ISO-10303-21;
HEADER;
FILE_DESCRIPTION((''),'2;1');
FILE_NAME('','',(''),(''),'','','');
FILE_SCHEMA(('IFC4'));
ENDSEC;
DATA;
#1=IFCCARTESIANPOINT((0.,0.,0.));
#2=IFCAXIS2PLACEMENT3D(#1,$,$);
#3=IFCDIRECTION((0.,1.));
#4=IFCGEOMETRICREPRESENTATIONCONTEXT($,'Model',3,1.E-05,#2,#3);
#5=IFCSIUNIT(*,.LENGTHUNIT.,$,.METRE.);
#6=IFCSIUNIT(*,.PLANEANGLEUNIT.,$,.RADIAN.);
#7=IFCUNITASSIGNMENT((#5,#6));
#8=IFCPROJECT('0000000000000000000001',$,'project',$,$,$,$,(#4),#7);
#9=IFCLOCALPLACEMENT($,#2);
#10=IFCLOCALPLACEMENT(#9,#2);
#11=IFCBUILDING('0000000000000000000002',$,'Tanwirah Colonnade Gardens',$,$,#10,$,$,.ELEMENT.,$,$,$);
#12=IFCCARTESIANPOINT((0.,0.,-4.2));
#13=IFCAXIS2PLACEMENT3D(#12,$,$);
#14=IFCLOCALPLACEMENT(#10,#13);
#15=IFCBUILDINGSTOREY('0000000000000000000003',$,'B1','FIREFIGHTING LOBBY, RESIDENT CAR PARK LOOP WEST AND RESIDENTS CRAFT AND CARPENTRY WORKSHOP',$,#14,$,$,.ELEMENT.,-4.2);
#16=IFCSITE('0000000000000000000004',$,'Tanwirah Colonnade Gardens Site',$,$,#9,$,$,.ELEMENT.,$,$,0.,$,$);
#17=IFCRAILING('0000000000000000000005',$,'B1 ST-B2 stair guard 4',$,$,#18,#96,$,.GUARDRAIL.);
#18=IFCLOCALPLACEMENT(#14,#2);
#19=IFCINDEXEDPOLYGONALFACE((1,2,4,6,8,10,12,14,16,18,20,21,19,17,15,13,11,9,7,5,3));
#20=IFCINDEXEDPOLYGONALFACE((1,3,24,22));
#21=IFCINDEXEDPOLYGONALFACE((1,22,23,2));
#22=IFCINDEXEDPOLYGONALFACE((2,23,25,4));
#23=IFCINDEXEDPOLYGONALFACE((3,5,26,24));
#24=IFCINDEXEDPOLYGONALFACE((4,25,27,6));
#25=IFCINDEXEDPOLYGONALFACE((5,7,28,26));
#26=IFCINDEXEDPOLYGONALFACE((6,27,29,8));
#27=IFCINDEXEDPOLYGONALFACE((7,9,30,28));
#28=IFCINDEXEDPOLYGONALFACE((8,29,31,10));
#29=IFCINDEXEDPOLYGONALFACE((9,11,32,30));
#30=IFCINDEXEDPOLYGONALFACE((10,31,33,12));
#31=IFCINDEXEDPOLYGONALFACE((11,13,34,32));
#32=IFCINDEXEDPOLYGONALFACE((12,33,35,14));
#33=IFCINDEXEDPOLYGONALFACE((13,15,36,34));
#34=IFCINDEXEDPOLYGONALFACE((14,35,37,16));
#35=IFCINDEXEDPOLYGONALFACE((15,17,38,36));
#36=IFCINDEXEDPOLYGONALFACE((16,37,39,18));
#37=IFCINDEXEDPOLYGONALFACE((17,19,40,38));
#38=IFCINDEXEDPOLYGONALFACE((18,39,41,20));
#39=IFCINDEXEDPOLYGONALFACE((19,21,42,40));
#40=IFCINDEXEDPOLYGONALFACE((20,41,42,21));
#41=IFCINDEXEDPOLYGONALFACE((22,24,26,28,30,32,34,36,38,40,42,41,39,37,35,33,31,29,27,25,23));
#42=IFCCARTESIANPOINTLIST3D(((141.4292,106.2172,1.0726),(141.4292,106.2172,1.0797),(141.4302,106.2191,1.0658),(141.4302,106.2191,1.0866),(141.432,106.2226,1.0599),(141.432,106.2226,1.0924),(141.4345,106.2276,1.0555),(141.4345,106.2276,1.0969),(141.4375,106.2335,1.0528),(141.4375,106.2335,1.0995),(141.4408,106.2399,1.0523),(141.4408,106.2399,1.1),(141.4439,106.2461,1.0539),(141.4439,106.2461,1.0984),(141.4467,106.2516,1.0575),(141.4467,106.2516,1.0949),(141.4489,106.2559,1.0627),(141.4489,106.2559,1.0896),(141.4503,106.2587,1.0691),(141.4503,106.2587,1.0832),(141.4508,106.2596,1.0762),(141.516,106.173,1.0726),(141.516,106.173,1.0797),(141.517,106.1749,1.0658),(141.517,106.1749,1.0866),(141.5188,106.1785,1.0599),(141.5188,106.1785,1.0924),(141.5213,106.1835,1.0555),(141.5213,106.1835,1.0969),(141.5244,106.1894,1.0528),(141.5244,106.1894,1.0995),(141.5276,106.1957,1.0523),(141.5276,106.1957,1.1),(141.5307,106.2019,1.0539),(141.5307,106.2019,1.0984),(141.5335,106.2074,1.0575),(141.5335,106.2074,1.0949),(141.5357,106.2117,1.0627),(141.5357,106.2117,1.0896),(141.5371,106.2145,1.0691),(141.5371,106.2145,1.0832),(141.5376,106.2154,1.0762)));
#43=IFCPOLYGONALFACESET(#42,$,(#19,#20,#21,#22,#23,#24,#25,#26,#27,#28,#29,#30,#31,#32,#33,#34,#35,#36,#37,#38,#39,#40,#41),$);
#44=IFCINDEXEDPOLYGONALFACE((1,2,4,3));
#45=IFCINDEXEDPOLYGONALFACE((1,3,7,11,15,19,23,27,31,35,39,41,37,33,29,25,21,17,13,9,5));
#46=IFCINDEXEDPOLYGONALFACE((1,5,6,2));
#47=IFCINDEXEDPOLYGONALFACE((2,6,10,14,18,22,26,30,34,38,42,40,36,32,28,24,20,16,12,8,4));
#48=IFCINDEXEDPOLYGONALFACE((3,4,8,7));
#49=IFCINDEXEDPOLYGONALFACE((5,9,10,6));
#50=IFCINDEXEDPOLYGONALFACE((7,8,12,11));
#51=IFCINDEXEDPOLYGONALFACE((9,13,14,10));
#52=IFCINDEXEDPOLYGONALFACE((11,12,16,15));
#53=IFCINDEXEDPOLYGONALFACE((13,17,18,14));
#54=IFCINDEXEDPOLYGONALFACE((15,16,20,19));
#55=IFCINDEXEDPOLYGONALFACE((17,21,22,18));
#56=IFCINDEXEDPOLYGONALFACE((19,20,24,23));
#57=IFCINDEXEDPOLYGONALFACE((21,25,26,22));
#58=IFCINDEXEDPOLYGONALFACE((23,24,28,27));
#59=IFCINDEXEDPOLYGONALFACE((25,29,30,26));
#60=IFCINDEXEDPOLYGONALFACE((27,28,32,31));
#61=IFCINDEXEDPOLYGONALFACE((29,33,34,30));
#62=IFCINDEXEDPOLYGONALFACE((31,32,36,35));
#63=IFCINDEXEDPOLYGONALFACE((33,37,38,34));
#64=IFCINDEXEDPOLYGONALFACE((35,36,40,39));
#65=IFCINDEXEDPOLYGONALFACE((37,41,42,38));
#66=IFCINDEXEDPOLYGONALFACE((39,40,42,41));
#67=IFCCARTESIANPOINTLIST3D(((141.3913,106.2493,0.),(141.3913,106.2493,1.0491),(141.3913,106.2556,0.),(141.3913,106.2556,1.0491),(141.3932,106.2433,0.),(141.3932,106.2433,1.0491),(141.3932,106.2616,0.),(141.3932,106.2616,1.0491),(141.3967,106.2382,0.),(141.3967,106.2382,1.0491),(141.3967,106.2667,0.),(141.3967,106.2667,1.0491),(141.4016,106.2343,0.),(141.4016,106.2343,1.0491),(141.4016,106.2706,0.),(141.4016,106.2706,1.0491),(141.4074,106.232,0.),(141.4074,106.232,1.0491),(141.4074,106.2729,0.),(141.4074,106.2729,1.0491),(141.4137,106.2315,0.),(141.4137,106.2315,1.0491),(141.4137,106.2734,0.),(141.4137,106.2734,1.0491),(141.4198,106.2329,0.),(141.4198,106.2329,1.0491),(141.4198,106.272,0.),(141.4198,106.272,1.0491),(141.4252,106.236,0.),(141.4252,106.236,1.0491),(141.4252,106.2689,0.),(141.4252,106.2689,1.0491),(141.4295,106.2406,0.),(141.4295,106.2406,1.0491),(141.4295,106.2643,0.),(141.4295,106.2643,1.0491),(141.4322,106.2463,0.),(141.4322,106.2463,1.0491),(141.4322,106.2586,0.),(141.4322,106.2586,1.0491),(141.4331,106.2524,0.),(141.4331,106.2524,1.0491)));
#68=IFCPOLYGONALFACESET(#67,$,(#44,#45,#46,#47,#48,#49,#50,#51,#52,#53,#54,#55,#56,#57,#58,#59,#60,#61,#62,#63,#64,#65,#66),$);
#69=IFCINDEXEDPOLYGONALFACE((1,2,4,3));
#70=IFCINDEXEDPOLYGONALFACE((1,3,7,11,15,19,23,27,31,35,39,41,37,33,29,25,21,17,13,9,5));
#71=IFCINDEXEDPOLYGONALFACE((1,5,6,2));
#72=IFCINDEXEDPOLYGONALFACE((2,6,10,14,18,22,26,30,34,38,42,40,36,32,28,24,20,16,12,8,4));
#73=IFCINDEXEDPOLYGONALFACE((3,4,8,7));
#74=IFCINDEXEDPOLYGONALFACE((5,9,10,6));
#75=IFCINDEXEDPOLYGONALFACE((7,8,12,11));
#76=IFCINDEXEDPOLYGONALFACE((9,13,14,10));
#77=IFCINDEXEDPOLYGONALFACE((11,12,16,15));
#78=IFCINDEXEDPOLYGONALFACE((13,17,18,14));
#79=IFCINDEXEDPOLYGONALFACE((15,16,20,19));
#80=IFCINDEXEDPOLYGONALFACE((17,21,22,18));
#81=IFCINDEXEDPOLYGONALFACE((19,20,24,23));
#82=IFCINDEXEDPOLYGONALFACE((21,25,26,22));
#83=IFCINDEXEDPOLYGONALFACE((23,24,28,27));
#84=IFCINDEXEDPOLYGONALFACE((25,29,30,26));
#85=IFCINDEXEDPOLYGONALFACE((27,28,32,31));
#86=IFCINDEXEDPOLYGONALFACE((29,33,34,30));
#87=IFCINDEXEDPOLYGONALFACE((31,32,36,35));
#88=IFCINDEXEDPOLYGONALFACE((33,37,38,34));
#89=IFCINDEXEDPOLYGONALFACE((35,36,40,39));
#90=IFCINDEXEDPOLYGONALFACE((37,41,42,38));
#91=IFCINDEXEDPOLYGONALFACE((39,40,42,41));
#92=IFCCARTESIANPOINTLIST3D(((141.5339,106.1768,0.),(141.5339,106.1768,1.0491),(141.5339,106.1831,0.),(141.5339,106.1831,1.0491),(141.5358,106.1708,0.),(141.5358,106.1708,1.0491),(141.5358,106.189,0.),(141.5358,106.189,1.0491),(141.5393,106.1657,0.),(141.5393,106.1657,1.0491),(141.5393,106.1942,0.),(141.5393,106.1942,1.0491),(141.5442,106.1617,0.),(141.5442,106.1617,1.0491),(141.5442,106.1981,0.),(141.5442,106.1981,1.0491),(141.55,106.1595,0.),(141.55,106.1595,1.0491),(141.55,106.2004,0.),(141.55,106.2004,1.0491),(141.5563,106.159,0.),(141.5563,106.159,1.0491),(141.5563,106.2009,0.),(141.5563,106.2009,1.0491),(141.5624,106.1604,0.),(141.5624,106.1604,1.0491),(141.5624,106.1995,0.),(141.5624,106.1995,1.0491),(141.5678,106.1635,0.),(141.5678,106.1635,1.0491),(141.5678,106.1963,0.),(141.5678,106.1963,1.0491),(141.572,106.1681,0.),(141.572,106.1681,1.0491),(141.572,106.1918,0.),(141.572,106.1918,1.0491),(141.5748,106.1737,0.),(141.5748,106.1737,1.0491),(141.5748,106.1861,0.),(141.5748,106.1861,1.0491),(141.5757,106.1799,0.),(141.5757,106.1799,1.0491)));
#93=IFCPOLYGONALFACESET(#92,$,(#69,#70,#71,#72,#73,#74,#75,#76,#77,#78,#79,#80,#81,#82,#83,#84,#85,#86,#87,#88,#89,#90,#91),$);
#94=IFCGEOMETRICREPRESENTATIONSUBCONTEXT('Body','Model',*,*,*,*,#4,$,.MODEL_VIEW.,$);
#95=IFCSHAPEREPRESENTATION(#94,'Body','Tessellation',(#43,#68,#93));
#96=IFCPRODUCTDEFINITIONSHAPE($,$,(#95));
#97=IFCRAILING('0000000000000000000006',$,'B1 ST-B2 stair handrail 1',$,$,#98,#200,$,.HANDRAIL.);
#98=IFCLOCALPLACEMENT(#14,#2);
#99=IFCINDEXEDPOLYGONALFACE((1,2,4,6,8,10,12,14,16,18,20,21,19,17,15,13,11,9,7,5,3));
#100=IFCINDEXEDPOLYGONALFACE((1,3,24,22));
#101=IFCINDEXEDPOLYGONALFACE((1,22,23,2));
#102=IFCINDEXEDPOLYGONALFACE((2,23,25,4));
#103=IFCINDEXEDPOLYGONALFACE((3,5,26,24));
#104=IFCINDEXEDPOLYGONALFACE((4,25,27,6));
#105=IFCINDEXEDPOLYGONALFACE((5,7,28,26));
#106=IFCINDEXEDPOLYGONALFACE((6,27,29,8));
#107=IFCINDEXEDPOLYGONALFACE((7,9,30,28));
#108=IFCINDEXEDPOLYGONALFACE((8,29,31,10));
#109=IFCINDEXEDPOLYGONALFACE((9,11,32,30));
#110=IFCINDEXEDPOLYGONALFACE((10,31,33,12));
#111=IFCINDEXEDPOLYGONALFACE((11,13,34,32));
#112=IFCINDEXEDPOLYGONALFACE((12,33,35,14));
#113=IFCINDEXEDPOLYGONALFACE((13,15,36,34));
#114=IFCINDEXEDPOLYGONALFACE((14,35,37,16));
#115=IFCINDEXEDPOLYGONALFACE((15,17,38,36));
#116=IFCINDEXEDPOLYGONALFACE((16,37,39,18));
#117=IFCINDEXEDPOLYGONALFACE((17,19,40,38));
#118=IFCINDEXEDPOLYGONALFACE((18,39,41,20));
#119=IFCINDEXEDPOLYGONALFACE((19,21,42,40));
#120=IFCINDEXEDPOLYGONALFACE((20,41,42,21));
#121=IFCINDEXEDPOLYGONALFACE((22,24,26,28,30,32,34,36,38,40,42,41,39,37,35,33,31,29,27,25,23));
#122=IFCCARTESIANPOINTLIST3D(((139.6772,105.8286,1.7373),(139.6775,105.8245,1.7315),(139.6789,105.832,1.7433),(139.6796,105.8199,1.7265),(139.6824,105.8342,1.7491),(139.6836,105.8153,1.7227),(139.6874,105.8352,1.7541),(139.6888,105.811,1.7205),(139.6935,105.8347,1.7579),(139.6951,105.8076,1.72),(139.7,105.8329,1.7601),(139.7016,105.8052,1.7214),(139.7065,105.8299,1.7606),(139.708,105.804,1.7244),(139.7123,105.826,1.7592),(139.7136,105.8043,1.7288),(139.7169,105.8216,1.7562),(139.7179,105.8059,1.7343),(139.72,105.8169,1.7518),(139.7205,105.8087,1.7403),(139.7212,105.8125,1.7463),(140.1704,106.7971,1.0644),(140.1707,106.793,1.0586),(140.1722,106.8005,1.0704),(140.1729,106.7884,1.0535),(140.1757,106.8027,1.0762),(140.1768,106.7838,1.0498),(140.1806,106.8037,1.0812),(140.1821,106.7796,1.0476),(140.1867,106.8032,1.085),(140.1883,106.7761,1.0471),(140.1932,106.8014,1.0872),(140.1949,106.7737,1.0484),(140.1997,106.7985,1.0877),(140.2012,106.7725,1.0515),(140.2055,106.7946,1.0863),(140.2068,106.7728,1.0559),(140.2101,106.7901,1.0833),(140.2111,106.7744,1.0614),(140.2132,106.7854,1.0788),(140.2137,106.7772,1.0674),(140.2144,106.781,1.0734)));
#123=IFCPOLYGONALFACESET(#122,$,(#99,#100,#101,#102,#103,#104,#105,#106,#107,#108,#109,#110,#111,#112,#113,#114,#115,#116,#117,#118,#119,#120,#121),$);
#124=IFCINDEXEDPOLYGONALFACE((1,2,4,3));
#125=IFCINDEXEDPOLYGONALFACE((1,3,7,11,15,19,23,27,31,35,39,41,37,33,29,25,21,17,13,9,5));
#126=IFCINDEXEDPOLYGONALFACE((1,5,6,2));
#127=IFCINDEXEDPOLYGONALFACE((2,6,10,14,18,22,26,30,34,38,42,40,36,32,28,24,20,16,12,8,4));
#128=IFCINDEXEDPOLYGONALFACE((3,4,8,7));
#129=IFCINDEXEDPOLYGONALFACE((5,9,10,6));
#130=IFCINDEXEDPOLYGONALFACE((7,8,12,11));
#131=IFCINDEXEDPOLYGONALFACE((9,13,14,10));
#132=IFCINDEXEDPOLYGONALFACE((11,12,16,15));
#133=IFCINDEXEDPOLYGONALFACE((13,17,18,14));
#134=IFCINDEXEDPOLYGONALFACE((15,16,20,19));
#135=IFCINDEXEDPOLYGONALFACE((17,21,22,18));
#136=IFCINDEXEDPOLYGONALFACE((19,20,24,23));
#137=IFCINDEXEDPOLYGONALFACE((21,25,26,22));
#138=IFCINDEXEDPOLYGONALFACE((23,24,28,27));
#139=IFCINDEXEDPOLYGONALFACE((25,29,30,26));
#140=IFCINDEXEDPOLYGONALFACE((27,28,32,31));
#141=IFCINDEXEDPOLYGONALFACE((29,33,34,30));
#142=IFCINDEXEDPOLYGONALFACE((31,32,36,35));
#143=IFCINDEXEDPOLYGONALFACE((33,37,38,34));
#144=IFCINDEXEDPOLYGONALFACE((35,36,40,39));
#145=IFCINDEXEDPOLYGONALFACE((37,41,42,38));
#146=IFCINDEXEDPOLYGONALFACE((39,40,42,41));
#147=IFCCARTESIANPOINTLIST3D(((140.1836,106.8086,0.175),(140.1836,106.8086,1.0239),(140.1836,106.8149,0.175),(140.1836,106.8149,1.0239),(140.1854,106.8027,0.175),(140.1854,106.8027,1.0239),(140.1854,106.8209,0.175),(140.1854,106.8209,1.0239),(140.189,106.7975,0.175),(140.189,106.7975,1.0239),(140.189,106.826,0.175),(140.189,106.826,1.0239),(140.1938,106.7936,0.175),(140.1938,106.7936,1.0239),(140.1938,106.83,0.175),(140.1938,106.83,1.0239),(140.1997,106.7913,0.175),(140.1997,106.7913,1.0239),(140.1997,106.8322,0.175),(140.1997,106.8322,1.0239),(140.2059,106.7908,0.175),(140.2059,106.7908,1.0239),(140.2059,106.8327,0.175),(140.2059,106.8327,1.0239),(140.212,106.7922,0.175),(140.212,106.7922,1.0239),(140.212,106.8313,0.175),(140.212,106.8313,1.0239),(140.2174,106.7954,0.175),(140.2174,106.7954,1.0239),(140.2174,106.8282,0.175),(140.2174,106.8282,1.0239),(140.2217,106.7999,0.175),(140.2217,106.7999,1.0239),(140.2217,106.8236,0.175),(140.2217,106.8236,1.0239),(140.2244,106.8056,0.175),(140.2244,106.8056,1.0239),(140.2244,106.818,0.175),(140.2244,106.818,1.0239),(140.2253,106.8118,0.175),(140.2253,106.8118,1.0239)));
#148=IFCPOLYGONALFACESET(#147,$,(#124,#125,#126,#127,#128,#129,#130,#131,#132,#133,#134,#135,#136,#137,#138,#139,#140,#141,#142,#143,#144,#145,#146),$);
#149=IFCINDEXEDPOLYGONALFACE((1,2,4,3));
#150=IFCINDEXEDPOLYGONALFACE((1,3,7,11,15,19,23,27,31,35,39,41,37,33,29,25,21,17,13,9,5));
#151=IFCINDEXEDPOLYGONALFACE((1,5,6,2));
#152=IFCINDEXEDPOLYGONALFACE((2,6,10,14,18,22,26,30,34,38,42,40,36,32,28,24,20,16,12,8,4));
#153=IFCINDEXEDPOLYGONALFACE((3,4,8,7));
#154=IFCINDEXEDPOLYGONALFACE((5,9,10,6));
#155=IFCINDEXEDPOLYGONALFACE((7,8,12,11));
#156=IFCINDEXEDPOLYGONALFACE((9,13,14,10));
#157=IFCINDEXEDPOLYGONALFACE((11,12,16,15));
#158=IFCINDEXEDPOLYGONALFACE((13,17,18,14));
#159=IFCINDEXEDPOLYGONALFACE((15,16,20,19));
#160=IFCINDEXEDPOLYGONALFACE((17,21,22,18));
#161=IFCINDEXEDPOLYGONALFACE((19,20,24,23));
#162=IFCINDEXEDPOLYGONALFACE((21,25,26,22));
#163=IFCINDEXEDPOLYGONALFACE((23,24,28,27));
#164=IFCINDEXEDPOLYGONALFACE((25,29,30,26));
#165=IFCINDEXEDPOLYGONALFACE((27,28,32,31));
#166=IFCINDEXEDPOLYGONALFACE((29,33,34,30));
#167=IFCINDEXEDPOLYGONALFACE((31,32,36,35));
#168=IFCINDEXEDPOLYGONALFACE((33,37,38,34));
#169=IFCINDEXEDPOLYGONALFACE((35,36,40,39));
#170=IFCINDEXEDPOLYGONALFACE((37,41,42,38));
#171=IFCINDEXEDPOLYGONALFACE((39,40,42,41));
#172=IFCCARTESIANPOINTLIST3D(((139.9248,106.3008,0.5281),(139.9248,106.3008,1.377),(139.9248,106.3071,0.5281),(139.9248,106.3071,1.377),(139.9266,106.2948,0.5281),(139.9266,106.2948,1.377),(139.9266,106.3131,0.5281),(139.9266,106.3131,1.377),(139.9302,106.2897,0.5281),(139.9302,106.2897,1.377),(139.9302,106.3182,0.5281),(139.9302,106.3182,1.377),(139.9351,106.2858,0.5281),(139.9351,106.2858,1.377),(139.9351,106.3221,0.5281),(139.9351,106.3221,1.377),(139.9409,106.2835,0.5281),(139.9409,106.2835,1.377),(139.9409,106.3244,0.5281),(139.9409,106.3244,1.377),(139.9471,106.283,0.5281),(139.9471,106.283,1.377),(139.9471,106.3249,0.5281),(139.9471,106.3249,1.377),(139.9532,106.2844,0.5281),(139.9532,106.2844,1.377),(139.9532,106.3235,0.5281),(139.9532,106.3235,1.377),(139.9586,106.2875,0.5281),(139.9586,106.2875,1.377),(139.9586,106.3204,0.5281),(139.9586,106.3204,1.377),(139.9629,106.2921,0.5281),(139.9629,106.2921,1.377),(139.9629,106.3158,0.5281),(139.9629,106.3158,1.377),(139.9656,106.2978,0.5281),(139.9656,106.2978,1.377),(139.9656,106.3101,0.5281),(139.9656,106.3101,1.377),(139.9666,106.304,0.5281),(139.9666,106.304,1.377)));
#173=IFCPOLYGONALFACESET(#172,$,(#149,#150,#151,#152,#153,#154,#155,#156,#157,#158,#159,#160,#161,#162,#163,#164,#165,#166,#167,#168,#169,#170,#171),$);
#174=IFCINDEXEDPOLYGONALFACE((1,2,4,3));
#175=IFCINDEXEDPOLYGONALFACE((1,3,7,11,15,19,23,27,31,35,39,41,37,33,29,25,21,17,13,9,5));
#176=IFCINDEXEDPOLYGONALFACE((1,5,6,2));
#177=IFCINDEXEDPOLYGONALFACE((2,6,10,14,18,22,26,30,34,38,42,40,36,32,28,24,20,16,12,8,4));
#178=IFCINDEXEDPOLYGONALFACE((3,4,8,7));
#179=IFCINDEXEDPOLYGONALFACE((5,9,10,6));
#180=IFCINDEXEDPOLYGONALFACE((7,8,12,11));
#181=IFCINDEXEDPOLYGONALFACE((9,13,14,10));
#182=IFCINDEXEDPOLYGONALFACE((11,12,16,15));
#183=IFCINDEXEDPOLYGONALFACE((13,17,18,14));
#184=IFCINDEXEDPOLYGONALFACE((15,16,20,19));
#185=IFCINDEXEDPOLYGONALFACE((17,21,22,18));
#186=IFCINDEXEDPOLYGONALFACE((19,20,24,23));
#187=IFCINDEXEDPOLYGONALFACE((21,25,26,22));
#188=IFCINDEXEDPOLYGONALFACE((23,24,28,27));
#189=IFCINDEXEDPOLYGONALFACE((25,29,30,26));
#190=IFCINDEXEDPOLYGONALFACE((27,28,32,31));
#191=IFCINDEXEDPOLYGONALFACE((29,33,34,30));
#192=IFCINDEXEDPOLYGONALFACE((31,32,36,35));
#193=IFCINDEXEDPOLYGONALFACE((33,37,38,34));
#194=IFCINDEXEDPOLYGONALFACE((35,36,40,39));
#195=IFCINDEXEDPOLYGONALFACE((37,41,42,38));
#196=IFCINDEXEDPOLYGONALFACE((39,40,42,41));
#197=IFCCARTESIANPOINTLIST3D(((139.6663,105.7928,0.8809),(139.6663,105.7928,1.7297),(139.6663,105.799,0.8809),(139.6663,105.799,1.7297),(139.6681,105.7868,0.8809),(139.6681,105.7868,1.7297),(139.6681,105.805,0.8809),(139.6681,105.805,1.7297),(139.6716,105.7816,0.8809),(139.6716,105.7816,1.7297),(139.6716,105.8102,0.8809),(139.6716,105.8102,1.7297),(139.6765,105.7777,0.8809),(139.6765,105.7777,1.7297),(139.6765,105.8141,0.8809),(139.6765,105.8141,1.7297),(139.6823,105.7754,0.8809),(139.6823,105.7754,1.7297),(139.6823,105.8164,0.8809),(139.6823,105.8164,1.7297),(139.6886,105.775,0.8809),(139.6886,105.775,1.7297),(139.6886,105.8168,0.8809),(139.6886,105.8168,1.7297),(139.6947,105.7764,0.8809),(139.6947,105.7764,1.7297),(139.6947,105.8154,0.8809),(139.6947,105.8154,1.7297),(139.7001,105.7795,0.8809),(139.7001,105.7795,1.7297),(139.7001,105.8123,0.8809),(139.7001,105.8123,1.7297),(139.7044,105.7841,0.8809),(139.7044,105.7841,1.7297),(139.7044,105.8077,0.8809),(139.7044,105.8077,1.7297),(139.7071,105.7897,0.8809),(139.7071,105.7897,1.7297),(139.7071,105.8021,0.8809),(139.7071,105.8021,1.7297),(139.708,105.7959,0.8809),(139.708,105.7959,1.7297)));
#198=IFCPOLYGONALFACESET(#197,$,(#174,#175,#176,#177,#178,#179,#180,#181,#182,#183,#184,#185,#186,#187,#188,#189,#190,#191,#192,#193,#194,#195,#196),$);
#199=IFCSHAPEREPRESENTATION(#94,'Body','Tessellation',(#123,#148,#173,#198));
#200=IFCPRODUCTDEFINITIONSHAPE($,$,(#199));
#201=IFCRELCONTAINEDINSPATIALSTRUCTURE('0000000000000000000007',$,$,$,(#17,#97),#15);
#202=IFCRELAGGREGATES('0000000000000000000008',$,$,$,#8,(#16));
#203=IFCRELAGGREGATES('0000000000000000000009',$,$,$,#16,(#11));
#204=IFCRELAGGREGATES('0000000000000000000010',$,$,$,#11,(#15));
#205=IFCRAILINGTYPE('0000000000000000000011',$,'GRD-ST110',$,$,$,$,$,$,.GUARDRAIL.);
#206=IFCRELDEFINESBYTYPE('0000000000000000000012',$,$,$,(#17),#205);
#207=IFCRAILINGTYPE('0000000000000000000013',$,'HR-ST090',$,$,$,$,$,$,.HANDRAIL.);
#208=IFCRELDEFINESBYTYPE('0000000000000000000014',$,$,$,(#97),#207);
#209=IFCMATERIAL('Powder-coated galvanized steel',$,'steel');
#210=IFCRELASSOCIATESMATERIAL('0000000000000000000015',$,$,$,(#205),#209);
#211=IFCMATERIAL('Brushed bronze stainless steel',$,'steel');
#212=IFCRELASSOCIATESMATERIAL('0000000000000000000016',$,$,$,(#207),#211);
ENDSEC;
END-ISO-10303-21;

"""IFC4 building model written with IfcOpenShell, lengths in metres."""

from ifc_helpers import new_model, si_unit, direction, frame, origin, origin_2d, place, context, subcontext, project, spatial, circle, extrude, material, type_object, element, save


model = new_model("IFC4")

# Units and contexts
model_context = context("Model", 3, precision=1e-05, world=origin(), true_north=direction((0.0, 1.0)))
body_context = subcontext(model_context, "Body", "Model", "MODEL_VIEW")
ifc_project = project(units=[si_unit("LENGTHUNIT", "METRE"), si_unit("PLANEANGLEUNIT", "RADIAN")], contexts=[model_context])

# Site, building, storey
site_placement = place(None, origin())
site = spatial("IfcSite", under=ifc_project, at=site_placement, Name="Tanwirah Colonnade Gardens Site", CompositionType="ELEMENT", RefElevation=0.0)
building_placement = place(site_placement, origin())
building = spatial("IfcBuilding", under=site, at=building_placement, Name="Tanwirah Colonnade Gardens", CompositionType="ELEMENT")
storey_placement = place(building_placement, frame((0.0, 0.0, -4.2)))
storey = spatial("IfcBuildingStorey", under=building, at=storey_placement, Name="B1", Description="FIREFIGHTING LOBBY, RESIDENT CAR PARK LOOP WEST AND RESIDENTS CRAFT AND CARPENTRY WORKSHOP", CompositionType="ELEMENT", Elevation=-4.2)

# Railings
ifc_material_1 = material(Name="Powder-coated galvanized steel", Category="steel")
railing_type_1 = type_object("IfcRailingType", Name="GRD-ST110", PredefinedType="GUARDRAIL", material=ifc_material_1)
railing_1_placement = place(storey_placement, frame((141.4121, 106.2524, 0.0)))
element("IfcRailing", 1, at=railing_1_placement, inside=storey, type_object=railing_type_1, Name="B1 ST-B2 stair guard 4", PredefinedType="GUARDRAIL", context=body_context, shape_type="SweptSolid", body=[
    extrude(circle(Radius=0.0239, at=origin_2d()), frame((0.0278, -0.0142, 1.0762), z_axis=(0.891354, -0.453308, 0.0), x_axis=(0.453308, 0.891354, 0.0)), (0.0, 0.0, 1.0), 0.0974),
    extrude(circle(Radius=0.021, at=origin_2d()), origin(), (0.0, 0.0, 1.0), 1.0491),
    extrude(circle(Radius=0.021, at=origin_2d()), frame((0.1426, -0.0725, 0.0)), (0.0, 0.0, 1.0), 1.0491),
])
ifc_material_2 = material(Name="Brushed bronze stainless steel", Category="steel")
railing_type_2 = type_object("IfcRailingType", Name="HR-ST090", PredefinedType="HANDRAIL", material=ifc_material_2)
railing_2_placement = place(storey_placement, frame((140.2043, 106.8118, 0.175)))
element("IfcRailing", 2, at=railing_2_placement, inside=storey, type_object=railing_type_2, Name="B1 ST-B2 stair handrail 1", PredefinedType="HANDRAIL", context=body_context, shape_type="SweptSolid", body=[
    extrude(circle(Radius=0.0239, at=origin_2d()), frame((-0.012, -0.0237, 0.8923), z_axis=(-0.385835, -0.757649, 0.526403), x_axis=(0.891105, -0.453797, 0.0)), (0.0, 0.0, 1.0), 1.2783),
    extrude(circle(Radius=0.021, at=origin_2d()), origin(), (0.0, 0.0, 1.0), 0.8489),
    extrude(circle(Radius=0.021, at=origin_2d()), frame((-0.2588, -0.5078, 0.353)), (0.0, 0.0, 1.0), 0.8489),
    extrude(circle(Radius=0.021, at=origin_2d()), frame((-0.5173, -1.0159, 0.7058)), (0.0, 0.0, 1.0), 0.8489),
])

save(model, "model.ifc")
